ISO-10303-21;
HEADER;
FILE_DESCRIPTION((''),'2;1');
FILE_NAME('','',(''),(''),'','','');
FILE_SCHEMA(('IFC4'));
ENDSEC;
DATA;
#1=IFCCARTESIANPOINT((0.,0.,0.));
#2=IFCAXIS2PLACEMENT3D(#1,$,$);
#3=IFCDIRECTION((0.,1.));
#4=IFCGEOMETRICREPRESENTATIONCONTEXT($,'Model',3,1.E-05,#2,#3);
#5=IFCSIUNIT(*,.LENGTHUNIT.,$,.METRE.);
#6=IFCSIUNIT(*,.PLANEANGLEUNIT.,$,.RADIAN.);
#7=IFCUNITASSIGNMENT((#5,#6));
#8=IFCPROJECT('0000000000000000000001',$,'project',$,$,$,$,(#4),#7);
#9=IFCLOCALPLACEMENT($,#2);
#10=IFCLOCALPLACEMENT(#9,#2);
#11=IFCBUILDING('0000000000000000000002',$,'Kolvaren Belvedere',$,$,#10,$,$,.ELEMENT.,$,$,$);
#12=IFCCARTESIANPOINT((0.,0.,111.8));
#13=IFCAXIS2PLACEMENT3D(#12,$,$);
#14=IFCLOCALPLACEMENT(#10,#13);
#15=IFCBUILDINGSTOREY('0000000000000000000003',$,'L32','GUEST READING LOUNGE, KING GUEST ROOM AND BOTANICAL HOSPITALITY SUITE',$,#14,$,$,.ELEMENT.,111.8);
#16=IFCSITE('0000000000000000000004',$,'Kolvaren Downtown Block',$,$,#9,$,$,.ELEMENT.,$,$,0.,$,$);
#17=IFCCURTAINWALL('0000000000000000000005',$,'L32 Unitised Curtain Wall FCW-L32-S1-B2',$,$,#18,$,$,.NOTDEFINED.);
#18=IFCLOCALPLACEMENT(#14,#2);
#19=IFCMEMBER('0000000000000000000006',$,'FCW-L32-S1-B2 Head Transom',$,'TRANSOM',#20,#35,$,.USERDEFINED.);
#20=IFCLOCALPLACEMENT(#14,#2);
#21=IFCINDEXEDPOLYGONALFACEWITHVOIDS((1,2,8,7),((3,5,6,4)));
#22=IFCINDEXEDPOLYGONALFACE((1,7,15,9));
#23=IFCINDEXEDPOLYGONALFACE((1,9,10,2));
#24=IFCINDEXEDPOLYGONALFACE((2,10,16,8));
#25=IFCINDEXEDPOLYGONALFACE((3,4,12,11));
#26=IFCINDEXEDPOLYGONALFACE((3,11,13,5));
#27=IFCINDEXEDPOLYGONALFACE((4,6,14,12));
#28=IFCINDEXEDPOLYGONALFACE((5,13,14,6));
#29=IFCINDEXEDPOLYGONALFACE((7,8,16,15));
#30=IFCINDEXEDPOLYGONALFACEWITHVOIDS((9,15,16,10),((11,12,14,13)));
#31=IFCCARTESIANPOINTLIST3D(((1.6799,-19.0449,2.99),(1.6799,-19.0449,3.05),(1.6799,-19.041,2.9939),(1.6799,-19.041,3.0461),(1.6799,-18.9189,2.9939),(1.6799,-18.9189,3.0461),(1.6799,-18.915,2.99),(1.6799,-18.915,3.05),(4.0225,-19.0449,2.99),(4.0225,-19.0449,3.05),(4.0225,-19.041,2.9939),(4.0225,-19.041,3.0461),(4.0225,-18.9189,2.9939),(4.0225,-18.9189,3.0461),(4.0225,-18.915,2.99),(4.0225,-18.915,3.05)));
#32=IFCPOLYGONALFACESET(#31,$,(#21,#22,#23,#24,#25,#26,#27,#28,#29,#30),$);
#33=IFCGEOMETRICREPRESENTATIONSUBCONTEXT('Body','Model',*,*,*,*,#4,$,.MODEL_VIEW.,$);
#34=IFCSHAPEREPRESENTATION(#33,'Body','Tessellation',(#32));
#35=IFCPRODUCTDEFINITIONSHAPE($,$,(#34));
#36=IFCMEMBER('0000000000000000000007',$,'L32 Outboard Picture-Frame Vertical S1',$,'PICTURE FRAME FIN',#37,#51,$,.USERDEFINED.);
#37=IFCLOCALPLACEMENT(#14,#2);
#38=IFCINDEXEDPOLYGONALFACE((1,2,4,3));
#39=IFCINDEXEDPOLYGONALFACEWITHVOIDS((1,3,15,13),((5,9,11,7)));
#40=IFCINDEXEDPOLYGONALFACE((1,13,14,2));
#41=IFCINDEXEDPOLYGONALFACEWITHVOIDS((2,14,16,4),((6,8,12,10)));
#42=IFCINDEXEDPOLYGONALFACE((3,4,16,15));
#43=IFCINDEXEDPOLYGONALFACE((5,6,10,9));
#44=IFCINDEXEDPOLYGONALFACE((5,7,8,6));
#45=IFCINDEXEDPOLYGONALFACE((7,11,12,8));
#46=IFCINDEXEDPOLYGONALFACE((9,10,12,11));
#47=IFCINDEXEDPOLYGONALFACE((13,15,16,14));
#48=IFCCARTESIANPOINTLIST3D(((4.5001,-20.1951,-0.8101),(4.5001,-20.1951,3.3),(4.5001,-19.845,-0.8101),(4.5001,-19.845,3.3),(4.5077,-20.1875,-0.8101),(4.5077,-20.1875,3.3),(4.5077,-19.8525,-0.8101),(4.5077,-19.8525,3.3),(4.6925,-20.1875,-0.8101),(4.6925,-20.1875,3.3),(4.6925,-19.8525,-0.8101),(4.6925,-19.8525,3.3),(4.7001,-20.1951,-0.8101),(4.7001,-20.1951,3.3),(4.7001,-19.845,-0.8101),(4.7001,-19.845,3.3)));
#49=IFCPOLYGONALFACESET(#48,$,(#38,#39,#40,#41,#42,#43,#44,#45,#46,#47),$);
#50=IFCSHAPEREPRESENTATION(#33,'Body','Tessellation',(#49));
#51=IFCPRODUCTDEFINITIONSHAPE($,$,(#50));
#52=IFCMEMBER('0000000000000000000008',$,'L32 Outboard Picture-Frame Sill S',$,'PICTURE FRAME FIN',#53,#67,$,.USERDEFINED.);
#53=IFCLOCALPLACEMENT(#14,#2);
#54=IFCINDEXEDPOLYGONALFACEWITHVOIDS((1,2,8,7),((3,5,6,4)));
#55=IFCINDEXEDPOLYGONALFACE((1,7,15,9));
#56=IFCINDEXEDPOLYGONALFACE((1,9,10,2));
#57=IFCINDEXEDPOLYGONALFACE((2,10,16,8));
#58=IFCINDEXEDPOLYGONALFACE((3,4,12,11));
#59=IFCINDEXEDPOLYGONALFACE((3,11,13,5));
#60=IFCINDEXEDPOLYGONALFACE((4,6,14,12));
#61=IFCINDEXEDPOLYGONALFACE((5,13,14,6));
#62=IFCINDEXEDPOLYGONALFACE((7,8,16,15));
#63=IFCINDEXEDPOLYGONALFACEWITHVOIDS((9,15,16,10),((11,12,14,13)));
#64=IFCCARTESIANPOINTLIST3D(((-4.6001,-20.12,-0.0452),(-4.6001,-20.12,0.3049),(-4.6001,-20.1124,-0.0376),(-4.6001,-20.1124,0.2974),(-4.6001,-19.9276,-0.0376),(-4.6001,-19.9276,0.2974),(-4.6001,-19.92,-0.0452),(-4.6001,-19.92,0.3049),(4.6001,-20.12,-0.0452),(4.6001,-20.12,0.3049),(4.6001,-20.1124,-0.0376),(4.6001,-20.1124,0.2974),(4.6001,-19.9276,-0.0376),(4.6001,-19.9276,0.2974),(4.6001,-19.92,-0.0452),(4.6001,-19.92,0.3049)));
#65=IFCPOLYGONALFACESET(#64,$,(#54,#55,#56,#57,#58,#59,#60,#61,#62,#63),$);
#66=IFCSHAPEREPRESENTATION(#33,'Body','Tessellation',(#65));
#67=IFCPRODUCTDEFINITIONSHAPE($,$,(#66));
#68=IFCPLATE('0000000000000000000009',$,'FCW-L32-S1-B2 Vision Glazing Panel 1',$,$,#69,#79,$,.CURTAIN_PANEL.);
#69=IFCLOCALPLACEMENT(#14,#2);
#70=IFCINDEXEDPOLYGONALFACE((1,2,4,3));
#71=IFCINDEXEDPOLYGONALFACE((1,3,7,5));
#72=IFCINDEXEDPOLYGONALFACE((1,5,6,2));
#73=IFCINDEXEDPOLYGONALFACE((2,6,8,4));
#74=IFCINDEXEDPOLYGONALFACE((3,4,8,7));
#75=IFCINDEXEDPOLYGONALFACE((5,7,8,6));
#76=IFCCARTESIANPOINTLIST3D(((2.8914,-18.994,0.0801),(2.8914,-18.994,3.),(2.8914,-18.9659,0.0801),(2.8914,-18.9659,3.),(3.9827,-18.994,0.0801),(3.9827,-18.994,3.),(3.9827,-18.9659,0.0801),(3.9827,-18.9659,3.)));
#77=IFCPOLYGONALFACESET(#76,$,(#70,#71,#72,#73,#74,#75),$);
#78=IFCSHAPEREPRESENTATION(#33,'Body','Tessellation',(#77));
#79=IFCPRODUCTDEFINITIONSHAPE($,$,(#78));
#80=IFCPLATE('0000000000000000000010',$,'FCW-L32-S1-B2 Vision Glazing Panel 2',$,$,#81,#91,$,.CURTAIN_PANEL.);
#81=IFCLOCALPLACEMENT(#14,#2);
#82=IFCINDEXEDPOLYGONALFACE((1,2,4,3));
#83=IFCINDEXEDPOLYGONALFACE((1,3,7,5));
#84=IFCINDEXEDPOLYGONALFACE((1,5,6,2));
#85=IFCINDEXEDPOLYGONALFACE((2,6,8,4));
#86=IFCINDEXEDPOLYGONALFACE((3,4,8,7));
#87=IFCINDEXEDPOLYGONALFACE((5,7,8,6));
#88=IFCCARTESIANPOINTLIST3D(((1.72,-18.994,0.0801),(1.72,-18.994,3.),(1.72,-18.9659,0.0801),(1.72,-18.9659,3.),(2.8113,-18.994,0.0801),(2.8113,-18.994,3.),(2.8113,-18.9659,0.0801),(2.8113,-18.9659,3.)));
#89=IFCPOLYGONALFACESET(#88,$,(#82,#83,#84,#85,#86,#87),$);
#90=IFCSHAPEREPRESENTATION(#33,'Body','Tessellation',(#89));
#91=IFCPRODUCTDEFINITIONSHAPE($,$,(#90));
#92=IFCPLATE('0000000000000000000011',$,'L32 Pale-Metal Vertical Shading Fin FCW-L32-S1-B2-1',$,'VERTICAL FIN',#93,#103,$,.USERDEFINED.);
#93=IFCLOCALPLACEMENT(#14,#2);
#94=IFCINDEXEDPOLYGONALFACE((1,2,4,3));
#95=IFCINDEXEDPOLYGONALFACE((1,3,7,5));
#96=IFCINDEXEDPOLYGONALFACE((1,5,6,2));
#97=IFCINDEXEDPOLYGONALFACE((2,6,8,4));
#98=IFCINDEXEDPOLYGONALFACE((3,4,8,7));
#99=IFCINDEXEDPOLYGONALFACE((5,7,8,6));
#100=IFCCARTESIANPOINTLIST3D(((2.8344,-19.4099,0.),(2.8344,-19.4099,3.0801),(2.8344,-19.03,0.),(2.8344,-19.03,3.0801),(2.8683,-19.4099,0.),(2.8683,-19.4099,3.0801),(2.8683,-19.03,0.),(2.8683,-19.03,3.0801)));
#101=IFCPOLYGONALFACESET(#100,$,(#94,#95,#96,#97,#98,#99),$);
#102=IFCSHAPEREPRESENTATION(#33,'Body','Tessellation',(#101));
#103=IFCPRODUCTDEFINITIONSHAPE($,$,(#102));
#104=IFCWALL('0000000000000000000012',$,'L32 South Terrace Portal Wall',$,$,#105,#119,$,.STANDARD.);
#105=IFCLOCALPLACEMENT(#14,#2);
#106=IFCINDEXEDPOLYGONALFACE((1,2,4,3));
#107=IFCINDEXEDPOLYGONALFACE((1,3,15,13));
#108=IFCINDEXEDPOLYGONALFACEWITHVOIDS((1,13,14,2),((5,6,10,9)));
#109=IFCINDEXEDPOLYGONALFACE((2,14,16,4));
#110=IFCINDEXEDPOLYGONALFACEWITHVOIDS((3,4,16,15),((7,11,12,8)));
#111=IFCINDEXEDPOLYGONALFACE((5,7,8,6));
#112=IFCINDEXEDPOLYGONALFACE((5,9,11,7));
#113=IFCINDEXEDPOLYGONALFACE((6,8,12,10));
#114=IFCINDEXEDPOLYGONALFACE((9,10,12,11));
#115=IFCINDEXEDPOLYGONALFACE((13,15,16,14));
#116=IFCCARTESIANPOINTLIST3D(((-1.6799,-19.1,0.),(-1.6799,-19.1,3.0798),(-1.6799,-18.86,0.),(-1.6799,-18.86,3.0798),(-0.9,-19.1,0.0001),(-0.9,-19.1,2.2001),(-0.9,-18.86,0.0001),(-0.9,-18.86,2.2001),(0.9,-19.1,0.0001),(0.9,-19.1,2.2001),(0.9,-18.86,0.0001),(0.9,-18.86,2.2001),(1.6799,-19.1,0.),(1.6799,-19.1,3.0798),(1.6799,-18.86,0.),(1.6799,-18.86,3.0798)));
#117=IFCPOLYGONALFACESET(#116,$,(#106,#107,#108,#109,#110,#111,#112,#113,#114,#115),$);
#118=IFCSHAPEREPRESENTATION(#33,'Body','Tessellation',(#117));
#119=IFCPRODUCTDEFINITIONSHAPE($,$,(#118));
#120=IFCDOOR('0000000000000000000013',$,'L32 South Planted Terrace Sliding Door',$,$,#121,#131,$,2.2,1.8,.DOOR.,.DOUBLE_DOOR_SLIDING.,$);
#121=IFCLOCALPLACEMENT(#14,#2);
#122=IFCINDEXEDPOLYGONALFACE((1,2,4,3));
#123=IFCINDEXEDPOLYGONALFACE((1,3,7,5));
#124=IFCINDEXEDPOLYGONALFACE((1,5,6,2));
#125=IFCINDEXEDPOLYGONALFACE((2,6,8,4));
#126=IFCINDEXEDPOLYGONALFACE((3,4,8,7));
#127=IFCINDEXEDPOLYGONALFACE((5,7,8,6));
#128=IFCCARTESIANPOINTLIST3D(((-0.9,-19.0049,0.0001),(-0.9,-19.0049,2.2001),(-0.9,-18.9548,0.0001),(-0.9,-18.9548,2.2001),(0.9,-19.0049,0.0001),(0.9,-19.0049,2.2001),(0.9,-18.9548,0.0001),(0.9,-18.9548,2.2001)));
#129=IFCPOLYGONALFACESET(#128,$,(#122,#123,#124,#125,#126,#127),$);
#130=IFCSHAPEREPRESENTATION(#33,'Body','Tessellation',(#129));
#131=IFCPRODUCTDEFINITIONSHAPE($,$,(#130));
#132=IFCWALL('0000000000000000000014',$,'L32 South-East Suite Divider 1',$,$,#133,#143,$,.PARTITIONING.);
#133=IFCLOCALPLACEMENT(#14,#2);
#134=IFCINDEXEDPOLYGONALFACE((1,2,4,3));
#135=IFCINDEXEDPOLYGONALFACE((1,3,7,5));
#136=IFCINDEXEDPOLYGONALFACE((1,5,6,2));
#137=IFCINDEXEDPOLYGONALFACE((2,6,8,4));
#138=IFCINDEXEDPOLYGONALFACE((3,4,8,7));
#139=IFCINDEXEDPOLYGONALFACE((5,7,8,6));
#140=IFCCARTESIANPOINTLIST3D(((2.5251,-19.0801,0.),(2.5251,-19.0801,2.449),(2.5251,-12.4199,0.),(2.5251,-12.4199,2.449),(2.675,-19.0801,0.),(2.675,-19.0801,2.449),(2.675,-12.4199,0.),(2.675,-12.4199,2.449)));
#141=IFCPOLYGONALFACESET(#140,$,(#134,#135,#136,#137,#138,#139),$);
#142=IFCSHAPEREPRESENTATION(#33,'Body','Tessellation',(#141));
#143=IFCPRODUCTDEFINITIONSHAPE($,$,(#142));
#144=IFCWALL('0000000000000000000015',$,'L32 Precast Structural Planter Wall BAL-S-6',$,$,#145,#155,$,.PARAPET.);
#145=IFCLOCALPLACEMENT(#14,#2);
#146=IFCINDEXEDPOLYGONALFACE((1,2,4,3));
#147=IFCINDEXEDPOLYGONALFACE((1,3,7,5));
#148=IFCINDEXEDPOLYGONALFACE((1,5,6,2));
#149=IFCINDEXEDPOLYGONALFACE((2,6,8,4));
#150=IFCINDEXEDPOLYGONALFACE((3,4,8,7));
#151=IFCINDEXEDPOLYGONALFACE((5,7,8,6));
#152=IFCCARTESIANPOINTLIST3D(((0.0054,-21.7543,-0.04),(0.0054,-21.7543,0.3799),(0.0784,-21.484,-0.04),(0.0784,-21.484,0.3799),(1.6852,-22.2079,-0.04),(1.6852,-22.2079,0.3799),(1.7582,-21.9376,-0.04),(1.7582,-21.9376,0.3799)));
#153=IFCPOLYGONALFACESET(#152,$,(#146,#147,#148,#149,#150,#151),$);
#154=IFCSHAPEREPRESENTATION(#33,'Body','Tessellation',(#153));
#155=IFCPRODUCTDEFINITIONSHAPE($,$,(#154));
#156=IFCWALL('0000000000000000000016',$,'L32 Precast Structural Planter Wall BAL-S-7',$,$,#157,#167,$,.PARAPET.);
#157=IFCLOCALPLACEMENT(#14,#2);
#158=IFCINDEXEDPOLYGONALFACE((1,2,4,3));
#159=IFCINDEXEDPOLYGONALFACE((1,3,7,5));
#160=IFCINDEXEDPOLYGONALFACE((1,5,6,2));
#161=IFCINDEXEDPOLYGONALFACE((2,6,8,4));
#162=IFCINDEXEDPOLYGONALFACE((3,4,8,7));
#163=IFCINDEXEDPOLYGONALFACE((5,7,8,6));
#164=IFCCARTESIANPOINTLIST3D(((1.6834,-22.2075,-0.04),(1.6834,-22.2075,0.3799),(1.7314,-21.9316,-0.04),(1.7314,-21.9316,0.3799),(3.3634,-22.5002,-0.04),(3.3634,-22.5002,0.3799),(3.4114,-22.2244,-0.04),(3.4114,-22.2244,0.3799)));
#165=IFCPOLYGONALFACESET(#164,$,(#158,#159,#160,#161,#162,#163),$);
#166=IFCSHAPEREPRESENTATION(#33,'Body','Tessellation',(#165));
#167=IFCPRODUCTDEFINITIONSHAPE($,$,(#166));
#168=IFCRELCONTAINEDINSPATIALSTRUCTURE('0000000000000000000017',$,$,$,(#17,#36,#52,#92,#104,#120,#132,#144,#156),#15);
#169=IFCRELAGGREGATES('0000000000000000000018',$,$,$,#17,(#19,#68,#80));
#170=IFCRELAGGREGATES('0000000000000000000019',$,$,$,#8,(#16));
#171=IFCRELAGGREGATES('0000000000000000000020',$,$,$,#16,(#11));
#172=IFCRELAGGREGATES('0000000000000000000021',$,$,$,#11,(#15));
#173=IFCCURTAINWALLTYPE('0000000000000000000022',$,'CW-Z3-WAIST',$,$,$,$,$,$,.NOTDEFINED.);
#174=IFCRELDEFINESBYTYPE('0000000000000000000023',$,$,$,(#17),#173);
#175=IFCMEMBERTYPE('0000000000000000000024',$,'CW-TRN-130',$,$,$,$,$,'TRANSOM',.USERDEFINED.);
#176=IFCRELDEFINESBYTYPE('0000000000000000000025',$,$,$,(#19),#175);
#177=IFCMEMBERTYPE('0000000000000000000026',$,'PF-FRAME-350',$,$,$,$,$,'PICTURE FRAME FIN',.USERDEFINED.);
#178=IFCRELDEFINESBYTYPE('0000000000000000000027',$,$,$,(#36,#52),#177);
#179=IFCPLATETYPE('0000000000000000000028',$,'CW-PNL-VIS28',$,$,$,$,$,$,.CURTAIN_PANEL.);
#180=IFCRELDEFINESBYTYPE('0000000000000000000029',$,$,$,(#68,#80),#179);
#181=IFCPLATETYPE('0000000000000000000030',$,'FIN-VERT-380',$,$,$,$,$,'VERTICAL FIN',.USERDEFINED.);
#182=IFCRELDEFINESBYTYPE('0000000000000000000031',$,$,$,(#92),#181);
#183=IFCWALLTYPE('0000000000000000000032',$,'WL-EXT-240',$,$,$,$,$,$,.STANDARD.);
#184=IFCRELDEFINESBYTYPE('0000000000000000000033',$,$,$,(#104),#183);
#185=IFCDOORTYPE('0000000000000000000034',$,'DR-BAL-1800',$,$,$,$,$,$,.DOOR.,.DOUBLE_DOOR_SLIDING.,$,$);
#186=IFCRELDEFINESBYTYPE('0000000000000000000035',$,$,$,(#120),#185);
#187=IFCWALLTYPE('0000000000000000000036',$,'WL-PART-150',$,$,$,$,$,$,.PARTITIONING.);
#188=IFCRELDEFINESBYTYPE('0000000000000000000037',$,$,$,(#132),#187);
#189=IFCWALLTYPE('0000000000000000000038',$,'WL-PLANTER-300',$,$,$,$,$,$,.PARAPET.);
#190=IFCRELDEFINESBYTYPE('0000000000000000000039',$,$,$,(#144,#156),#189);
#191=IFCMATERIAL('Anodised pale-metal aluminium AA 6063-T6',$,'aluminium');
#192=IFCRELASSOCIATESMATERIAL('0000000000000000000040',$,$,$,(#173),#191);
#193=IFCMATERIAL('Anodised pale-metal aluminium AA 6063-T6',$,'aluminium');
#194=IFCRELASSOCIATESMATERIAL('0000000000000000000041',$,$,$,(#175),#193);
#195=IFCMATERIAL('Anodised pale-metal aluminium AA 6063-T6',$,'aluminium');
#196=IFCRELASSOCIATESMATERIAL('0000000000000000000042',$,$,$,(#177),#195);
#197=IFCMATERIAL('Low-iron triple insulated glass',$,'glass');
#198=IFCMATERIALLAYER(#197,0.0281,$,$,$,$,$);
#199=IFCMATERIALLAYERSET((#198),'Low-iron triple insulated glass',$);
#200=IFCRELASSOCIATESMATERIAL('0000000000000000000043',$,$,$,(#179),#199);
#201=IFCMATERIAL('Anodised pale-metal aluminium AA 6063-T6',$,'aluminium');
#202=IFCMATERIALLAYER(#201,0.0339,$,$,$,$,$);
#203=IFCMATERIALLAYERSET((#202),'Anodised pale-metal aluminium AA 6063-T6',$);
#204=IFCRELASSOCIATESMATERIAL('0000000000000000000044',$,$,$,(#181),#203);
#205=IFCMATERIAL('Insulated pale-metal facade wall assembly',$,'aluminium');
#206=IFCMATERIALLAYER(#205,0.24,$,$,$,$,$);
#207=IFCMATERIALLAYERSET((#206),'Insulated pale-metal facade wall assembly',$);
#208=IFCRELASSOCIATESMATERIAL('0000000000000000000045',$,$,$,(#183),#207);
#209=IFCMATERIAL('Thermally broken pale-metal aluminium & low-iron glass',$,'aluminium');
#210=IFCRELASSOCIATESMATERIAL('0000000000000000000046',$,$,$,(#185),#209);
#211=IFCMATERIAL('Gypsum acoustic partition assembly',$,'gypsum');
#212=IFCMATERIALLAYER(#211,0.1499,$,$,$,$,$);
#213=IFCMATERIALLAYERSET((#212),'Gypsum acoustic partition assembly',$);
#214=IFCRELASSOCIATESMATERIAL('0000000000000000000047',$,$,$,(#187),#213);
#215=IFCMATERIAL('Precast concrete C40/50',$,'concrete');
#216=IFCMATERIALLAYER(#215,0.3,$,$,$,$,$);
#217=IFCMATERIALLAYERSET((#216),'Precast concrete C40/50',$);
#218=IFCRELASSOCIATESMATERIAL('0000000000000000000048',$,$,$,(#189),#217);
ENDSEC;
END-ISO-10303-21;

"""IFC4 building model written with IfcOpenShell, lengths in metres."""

from ifc_helpers import new_model, si_unit, direction, frame, frame_2d, origin, origin_2d, place, context, subcontext, project, spatial, rectangle, hollow_rectangle, extrude, material, layer, layer_set, material_profile, profile_set, type_object, element, fill, aggregate, save


model = new_model("IFC4")

# Units and contexts
model_context = context("Model", 3, precision=1e-05, world=origin(), true_north=direction((0.0, 1.0)))
body_context = subcontext(model_context, "Body", "Model", "MODEL_VIEW")
ifc_project = project(units=[si_unit("LENGTHUNIT", "METRE"), si_unit("PLANEANGLEUNIT", "RADIAN")], contexts=[model_context])

# Site, building, storey
site_placement = place(None, origin())
site = spatial("IfcSite", under=ifc_project, at=site_placement, Name="Kolvaren Downtown Block", CompositionType="ELEMENT", RefElevation=0.0)
building_placement = place(site_placement, origin())
building = spatial("IfcBuilding", under=site, at=building_placement, Name="Kolvaren Belvedere", CompositionType="ELEMENT")
storey_placement = place(building_placement, frame((0.0, 0.0, 111.8)))
storey = spatial("IfcBuildingStorey", under=building, at=storey_placement, Name="L32", Description="GUEST READING LOUNGE, KING GUEST ROOM AND BOTANICAL HOSPITALITY SUITE", CompositionType="ELEMENT", Elevation=111.8)

# Curtain wall, member
ifc_material_1 = material(Name="Anodised pale-metal aluminium AA 6063-T6", Category="aluminium")
curtain_wall_type = type_object("IfcCurtainWallType", Name="CW-Z3-WAIST", PredefinedType="NOTDEFINED", material=ifc_material_1)
curtain_wall_placement = place(storey_placement, origin())
curtain_wall = element("IfcCurtainWall", 1, at=curtain_wall_placement, inside=storey, type_object=curtain_wall_type, Name="L32 Unitised Curtain Wall FCW-L32-S1-B2", PredefinedType="NOTDEFINED")
ifc_material_2 = material(Name="Anodised pale-metal aluminium AA 6063-T6", Category="aluminium")
ifc_material_profile_1 = material_profile(ifc_material_2, hollow_rectangle(XDim=0.0601, YDim=0.1299, WallThickness=0.0039, at=origin_2d()), Name="ALU-TRN-130X60")
ifc_profile_set_1 = profile_set([ifc_material_profile_1], Name="Anodised pale-metal aluminium AA 6063-T6")
member_type_1 = type_object("IfcMemberType", Name="CW-TRN-130", ElementType="TRANSOM", PredefinedType="USERDEFINED", material=ifc_profile_set_1)
member_1_placement = place(storey_placement, frame((4.0225, -18.98, 3.02), z_axis=(-1.0, 0.0, 0.0), x_axis=(0.0, 0.0, 1.0)))
member_1 = element("IfcMember", 2, at=member_1_placement, type_object=member_type_1, Name="FCW-L32-S1-B2 Head Transom", ObjectType="TRANSOM", PredefinedType="USERDEFINED", context=body_context, shape_type="SweptSolid", body=[
    extrude(hollow_rectangle(XDim=0.0601, YDim=0.1299, WallThickness=0.0039, at=origin_2d()), origin(), (0.0, 0.0, 1.0), 2.3425),
])

# Members
ifc_material_3 = material(Name="Anodised pale-metal aluminium AA 6063-T6", Category="aluminium")
ifc_material_profile_2 = material_profile(ifc_material_3, hollow_rectangle(XDim=0.2, YDim=0.3501, WallThickness=0.0076, at=origin_2d()), Name="ALU-PF-350X200")
ifc_profile_set_2 = profile_set([ifc_material_profile_2], Name="Anodised pale-metal aluminium AA 6063-T6")
member_type_2 = type_object("IfcMemberType", Name="PF-FRAME-350", ElementType="PICTURE FRAME FIN", PredefinedType="USERDEFINED", material=ifc_profile_set_2)
member_2_placement = place(storey_placement, frame((4.6001, -20.02, -0.8101), z_axis=(0.0, 0.0, 1.0), x_axis=(1.0, 0.0, 0.0)))
element("IfcMember", 3, at=member_2_placement, inside=storey, type_object=member_type_2, Name="L32 Outboard Picture-Frame Vertical S1", ObjectType="PICTURE FRAME FIN", PredefinedType="USERDEFINED", context=body_context, shape_type="SweptSolid", body=[
    extrude(hollow_rectangle(XDim=0.2, YDim=0.3501, WallThickness=0.0076, at=origin_2d()), origin(), (0.0, 0.0, 1.0), 4.1101),
])
member_3_placement = place(storey_placement, frame((4.6001, -20.02, 0.1299), z_axis=(-1.0, 0.0, 0.0), x_axis=(0.0, -1.0, 0.0)))
element("IfcMember", 4, at=member_3_placement, inside=storey, type_object=member_type_2, Name="L32 Outboard Picture-Frame Sill S", ObjectType="PICTURE FRAME FIN", PredefinedType="USERDEFINED", context=body_context, shape_type="SweptSolid", body=[
    extrude(hollow_rectangle(XDim=0.2, YDim=0.3501, WallThickness=0.0076, at=origin_2d()), origin(), (0.0, 0.0, 1.0), 9.2002),
])

# Plates
ifc_material_4 = material(Name="Low-iron triple insulated glass", Category="glass")
ifc_layer_1 = layer(ifc_material_4, 0.0281)
ifc_layer_set_1 = layer_set([ifc_layer_1], Name="Low-iron triple insulated glass")
plate_type_1 = type_object("IfcPlateType", Name="CW-PNL-VIS28", PredefinedType="CURTAIN_PANEL", material=ifc_layer_set_1)
plate_1_placement = place(storey_placement, frame((3.437, -18.98, 0.0801), z_axis=(0.0, 0.0, 1.0), x_axis=(-1.0, 0.0, 0.0)))
plate_1 = element("IfcPlate", 5, at=plate_1_placement, type_object=plate_type_1, Name="FCW-L32-S1-B2 Vision Glazing Panel 1", PredefinedType="CURTAIN_PANEL", context=body_context, shape_type="SweptSolid", body=[
    extrude(rectangle(XDim=1.0913, YDim=0.0281, at=origin_2d()), origin(), (0.0, 0.0, 1.0), 2.9199),
])
plate_2_placement = place(storey_placement, frame((2.2656, -18.98, 0.0801), z_axis=(0.0, 0.0, 1.0), x_axis=(-1.0, 0.0, 0.0)))
plate_2 = element("IfcPlate", 6, at=plate_2_placement, type_object=plate_type_1, Name="FCW-L32-S1-B2 Vision Glazing Panel 2", PredefinedType="CURTAIN_PANEL", context=body_context, shape_type="SweptSolid", body=[
    extrude(rectangle(XDim=1.0913, YDim=0.0281, at=origin_2d()), origin(), (0.0, 0.0, 1.0), 2.9199),
])
aggregate(curtain_wall, [member_1, plate_1, plate_2])
ifc_material_5 = material(Name="Anodised pale-metal aluminium AA 6063-T6", Category="aluminium")
ifc_layer_2 = layer(ifc_material_5, 0.0339)
ifc_layer_set_2 = layer_set([ifc_layer_2], Name="Anodised pale-metal aluminium AA 6063-T6")
plate_type_2 = type_object("IfcPlateType", Name="FIN-VERT-380", ElementType="VERTICAL FIN", PredefinedType="USERDEFINED", material=ifc_layer_set_2)
plate_3_placement = place(storey_placement, frame((2.8513, -19.22, 0.0), z_axis=(0.0, 0.0, 1.0), x_axis=(0.0, 1.0, 0.0)))
element("IfcPlate", 7, at=plate_3_placement, inside=storey, type_object=plate_type_2, Name="L32 Pale-Metal Vertical Shading Fin FCW-L32-S1-B2-1", ObjectType="VERTICAL FIN", PredefinedType="USERDEFINED", context=body_context, shape_type="SweptSolid", body=[
    extrude(rectangle(XDim=0.3799, YDim=0.0339, at=origin_2d()), origin(), (0.0, 0.0, 1.0), 3.0801),
])

# Wall, opening, door
ifc_material_6 = material(Name="Insulated pale-metal facade wall assembly", Category="aluminium")
ifc_layer_3 = layer(ifc_material_6, 0.24)
ifc_layer_set_3 = layer_set([ifc_layer_3], Name="Insulated pale-metal facade wall assembly")
wall_type_1 = type_object("IfcWallType", Name="WL-EXT-240", PredefinedType="STANDARD", material=ifc_layer_set_3)
wall_1_placement = place(storey_placement, frame((1.6799, -18.98, 0.0), z_axis=(0.0, 0.0, 1.0), x_axis=(-1.0, 0.0, 0.0)))
wall_1 = element("IfcWall", 8, at=wall_1_placement, inside=storey, type_object=wall_type_1, Name="L32 South Terrace Portal Wall", PredefinedType="STANDARD", context=body_context, shape_type="SweptSolid", body=[
    extrude(rectangle(XDim=3.3599, YDim=0.24, at=frame_2d((1.6799, 0.0))), origin(), (0.0, 0.0, 1.0), 3.0798),
])
opening_placement = place(wall_1_placement, frame((0.78, 0.0, 0.0)))
opening = element("IfcOpeningElement", 9, at=opening_placement, cuts=wall_1, PredefinedType="OPENING", context=body_context, shape_type="SweptSolid", body=[
    extrude(rectangle(XDim=1.8, YDim=2.2, at=frame_2d((0.8999, 1.1001))), frame((0.0, 0.1299, 0.0), z_axis=(0.0, -1.0, 0.0), x_axis=(1.0, 0.0, 0.0)), (0.0, 0.0, 1.0), 0.26),
])
ifc_material_7 = material(Name="Thermally broken pale-metal aluminium & low-iron glass", Category="aluminium")
door_type = type_object("IfcDoorType", Name="DR-BAL-1800", OperationType="DOUBLE_DOOR_SLIDING", PredefinedType="DOOR", material=ifc_material_7)
door_placement = place(opening_placement, origin())
door = element("IfcDoor", 10, at=door_placement, inside=storey, type_object=door_type, Name="L32 South Planted Terrace Sliding Door", OperationType="DOUBLE_DOOR_SLIDING", OverallHeight=2.2, OverallWidth=1.8, PredefinedType="DOOR", context=body_context, shape_type="SweptSolid", body=[
    extrude(rectangle(XDim=1.8, YDim=2.2, at=frame_2d((0.8999, 1.1001))), frame((0.0, 0.0249, 0.0), z_axis=(0.0, -1.0, 0.0), x_axis=(1.0, 0.0, 0.0)), (0.0, 0.0, 1.0), 0.05),
])
fill(opening, door)

# Walls
ifc_material_8 = material(Name="Gypsum acoustic partition assembly", Category="gypsum")
ifc_layer_4 = layer(ifc_material_8, 0.1499)
ifc_layer_set_4 = layer_set([ifc_layer_4], Name="Gypsum acoustic partition assembly")
wall_type_2 = type_object("IfcWallType", Name="WL-PART-150", PredefinedType="PARTITIONING", material=ifc_layer_set_4)
wall_2_placement = place(storey_placement, frame((2.6001, -19.0801, 0.0), z_axis=(0.0, 0.0, 1.0), x_axis=(0.0, 1.0, 0.0)))
element("IfcWall", 11, at=wall_2_placement, inside=storey, type_object=wall_type_2, Name="L32 South-East Suite Divider 1", PredefinedType="PARTITIONING", context=body_context, shape_type="SweptSolid", body=[
    extrude(rectangle(XDim=6.6602, YDim=0.1499, at=frame_2d((3.3301, 0.0))), origin(), (0.0, 0.0, 1.0), 2.449),
])
ifc_material_9 = material(Name="Precast concrete C40/50", Category="concrete")
ifc_layer_5 = layer(ifc_material_9, 0.3)
ifc_layer_set_5 = layer_set([ifc_layer_5], Name="Precast concrete C40/50")
wall_type_3 = type_object("IfcWallType", Name="WL-PLANTER-300", PredefinedType="PARAPET", material=ifc_layer_set_5)
wall_3_placement = place(storey_placement, frame((0.0417, -21.6191, -0.04), z_axis=(0.0, 0.0, 1.0), x_axis=(0.965424, -0.260683, 0.0)))
element("IfcWall", 12, at=wall_3_placement, inside=storey, type_object=wall_type_3, Name="L32 Precast Structural Planter Wall BAL-S-6", PredefinedType="PARAPET", context=body_context, shape_type="SweptSolid", body=[
    extrude(rectangle(XDim=1.74, YDim=0.28, at=frame_2d((0.8701, 0.0))), origin(), (0.0, 0.0, 1.0), 0.4199),
])
wall_4_placement = place(storey_placement, frame((1.7075, -22.0696, -0.04), z_axis=(0.0, 0.0, 1.0), x_axis=(0.985156, -0.171661, 0.0)))
element("IfcWall", 13, at=wall_4_placement, inside=storey, type_object=wall_type_3, Name="L32 Precast Structural Planter Wall BAL-S-7", PredefinedType="PARAPET", context=body_context, shape_type="SweptSolid", body=[
    extrude(rectangle(XDim=1.7053, YDim=0.28, at=frame_2d((0.8525, 0.0))), origin(), (0.0, 0.0, 1.0), 0.4199),
])

save(model, "model.ifc")
